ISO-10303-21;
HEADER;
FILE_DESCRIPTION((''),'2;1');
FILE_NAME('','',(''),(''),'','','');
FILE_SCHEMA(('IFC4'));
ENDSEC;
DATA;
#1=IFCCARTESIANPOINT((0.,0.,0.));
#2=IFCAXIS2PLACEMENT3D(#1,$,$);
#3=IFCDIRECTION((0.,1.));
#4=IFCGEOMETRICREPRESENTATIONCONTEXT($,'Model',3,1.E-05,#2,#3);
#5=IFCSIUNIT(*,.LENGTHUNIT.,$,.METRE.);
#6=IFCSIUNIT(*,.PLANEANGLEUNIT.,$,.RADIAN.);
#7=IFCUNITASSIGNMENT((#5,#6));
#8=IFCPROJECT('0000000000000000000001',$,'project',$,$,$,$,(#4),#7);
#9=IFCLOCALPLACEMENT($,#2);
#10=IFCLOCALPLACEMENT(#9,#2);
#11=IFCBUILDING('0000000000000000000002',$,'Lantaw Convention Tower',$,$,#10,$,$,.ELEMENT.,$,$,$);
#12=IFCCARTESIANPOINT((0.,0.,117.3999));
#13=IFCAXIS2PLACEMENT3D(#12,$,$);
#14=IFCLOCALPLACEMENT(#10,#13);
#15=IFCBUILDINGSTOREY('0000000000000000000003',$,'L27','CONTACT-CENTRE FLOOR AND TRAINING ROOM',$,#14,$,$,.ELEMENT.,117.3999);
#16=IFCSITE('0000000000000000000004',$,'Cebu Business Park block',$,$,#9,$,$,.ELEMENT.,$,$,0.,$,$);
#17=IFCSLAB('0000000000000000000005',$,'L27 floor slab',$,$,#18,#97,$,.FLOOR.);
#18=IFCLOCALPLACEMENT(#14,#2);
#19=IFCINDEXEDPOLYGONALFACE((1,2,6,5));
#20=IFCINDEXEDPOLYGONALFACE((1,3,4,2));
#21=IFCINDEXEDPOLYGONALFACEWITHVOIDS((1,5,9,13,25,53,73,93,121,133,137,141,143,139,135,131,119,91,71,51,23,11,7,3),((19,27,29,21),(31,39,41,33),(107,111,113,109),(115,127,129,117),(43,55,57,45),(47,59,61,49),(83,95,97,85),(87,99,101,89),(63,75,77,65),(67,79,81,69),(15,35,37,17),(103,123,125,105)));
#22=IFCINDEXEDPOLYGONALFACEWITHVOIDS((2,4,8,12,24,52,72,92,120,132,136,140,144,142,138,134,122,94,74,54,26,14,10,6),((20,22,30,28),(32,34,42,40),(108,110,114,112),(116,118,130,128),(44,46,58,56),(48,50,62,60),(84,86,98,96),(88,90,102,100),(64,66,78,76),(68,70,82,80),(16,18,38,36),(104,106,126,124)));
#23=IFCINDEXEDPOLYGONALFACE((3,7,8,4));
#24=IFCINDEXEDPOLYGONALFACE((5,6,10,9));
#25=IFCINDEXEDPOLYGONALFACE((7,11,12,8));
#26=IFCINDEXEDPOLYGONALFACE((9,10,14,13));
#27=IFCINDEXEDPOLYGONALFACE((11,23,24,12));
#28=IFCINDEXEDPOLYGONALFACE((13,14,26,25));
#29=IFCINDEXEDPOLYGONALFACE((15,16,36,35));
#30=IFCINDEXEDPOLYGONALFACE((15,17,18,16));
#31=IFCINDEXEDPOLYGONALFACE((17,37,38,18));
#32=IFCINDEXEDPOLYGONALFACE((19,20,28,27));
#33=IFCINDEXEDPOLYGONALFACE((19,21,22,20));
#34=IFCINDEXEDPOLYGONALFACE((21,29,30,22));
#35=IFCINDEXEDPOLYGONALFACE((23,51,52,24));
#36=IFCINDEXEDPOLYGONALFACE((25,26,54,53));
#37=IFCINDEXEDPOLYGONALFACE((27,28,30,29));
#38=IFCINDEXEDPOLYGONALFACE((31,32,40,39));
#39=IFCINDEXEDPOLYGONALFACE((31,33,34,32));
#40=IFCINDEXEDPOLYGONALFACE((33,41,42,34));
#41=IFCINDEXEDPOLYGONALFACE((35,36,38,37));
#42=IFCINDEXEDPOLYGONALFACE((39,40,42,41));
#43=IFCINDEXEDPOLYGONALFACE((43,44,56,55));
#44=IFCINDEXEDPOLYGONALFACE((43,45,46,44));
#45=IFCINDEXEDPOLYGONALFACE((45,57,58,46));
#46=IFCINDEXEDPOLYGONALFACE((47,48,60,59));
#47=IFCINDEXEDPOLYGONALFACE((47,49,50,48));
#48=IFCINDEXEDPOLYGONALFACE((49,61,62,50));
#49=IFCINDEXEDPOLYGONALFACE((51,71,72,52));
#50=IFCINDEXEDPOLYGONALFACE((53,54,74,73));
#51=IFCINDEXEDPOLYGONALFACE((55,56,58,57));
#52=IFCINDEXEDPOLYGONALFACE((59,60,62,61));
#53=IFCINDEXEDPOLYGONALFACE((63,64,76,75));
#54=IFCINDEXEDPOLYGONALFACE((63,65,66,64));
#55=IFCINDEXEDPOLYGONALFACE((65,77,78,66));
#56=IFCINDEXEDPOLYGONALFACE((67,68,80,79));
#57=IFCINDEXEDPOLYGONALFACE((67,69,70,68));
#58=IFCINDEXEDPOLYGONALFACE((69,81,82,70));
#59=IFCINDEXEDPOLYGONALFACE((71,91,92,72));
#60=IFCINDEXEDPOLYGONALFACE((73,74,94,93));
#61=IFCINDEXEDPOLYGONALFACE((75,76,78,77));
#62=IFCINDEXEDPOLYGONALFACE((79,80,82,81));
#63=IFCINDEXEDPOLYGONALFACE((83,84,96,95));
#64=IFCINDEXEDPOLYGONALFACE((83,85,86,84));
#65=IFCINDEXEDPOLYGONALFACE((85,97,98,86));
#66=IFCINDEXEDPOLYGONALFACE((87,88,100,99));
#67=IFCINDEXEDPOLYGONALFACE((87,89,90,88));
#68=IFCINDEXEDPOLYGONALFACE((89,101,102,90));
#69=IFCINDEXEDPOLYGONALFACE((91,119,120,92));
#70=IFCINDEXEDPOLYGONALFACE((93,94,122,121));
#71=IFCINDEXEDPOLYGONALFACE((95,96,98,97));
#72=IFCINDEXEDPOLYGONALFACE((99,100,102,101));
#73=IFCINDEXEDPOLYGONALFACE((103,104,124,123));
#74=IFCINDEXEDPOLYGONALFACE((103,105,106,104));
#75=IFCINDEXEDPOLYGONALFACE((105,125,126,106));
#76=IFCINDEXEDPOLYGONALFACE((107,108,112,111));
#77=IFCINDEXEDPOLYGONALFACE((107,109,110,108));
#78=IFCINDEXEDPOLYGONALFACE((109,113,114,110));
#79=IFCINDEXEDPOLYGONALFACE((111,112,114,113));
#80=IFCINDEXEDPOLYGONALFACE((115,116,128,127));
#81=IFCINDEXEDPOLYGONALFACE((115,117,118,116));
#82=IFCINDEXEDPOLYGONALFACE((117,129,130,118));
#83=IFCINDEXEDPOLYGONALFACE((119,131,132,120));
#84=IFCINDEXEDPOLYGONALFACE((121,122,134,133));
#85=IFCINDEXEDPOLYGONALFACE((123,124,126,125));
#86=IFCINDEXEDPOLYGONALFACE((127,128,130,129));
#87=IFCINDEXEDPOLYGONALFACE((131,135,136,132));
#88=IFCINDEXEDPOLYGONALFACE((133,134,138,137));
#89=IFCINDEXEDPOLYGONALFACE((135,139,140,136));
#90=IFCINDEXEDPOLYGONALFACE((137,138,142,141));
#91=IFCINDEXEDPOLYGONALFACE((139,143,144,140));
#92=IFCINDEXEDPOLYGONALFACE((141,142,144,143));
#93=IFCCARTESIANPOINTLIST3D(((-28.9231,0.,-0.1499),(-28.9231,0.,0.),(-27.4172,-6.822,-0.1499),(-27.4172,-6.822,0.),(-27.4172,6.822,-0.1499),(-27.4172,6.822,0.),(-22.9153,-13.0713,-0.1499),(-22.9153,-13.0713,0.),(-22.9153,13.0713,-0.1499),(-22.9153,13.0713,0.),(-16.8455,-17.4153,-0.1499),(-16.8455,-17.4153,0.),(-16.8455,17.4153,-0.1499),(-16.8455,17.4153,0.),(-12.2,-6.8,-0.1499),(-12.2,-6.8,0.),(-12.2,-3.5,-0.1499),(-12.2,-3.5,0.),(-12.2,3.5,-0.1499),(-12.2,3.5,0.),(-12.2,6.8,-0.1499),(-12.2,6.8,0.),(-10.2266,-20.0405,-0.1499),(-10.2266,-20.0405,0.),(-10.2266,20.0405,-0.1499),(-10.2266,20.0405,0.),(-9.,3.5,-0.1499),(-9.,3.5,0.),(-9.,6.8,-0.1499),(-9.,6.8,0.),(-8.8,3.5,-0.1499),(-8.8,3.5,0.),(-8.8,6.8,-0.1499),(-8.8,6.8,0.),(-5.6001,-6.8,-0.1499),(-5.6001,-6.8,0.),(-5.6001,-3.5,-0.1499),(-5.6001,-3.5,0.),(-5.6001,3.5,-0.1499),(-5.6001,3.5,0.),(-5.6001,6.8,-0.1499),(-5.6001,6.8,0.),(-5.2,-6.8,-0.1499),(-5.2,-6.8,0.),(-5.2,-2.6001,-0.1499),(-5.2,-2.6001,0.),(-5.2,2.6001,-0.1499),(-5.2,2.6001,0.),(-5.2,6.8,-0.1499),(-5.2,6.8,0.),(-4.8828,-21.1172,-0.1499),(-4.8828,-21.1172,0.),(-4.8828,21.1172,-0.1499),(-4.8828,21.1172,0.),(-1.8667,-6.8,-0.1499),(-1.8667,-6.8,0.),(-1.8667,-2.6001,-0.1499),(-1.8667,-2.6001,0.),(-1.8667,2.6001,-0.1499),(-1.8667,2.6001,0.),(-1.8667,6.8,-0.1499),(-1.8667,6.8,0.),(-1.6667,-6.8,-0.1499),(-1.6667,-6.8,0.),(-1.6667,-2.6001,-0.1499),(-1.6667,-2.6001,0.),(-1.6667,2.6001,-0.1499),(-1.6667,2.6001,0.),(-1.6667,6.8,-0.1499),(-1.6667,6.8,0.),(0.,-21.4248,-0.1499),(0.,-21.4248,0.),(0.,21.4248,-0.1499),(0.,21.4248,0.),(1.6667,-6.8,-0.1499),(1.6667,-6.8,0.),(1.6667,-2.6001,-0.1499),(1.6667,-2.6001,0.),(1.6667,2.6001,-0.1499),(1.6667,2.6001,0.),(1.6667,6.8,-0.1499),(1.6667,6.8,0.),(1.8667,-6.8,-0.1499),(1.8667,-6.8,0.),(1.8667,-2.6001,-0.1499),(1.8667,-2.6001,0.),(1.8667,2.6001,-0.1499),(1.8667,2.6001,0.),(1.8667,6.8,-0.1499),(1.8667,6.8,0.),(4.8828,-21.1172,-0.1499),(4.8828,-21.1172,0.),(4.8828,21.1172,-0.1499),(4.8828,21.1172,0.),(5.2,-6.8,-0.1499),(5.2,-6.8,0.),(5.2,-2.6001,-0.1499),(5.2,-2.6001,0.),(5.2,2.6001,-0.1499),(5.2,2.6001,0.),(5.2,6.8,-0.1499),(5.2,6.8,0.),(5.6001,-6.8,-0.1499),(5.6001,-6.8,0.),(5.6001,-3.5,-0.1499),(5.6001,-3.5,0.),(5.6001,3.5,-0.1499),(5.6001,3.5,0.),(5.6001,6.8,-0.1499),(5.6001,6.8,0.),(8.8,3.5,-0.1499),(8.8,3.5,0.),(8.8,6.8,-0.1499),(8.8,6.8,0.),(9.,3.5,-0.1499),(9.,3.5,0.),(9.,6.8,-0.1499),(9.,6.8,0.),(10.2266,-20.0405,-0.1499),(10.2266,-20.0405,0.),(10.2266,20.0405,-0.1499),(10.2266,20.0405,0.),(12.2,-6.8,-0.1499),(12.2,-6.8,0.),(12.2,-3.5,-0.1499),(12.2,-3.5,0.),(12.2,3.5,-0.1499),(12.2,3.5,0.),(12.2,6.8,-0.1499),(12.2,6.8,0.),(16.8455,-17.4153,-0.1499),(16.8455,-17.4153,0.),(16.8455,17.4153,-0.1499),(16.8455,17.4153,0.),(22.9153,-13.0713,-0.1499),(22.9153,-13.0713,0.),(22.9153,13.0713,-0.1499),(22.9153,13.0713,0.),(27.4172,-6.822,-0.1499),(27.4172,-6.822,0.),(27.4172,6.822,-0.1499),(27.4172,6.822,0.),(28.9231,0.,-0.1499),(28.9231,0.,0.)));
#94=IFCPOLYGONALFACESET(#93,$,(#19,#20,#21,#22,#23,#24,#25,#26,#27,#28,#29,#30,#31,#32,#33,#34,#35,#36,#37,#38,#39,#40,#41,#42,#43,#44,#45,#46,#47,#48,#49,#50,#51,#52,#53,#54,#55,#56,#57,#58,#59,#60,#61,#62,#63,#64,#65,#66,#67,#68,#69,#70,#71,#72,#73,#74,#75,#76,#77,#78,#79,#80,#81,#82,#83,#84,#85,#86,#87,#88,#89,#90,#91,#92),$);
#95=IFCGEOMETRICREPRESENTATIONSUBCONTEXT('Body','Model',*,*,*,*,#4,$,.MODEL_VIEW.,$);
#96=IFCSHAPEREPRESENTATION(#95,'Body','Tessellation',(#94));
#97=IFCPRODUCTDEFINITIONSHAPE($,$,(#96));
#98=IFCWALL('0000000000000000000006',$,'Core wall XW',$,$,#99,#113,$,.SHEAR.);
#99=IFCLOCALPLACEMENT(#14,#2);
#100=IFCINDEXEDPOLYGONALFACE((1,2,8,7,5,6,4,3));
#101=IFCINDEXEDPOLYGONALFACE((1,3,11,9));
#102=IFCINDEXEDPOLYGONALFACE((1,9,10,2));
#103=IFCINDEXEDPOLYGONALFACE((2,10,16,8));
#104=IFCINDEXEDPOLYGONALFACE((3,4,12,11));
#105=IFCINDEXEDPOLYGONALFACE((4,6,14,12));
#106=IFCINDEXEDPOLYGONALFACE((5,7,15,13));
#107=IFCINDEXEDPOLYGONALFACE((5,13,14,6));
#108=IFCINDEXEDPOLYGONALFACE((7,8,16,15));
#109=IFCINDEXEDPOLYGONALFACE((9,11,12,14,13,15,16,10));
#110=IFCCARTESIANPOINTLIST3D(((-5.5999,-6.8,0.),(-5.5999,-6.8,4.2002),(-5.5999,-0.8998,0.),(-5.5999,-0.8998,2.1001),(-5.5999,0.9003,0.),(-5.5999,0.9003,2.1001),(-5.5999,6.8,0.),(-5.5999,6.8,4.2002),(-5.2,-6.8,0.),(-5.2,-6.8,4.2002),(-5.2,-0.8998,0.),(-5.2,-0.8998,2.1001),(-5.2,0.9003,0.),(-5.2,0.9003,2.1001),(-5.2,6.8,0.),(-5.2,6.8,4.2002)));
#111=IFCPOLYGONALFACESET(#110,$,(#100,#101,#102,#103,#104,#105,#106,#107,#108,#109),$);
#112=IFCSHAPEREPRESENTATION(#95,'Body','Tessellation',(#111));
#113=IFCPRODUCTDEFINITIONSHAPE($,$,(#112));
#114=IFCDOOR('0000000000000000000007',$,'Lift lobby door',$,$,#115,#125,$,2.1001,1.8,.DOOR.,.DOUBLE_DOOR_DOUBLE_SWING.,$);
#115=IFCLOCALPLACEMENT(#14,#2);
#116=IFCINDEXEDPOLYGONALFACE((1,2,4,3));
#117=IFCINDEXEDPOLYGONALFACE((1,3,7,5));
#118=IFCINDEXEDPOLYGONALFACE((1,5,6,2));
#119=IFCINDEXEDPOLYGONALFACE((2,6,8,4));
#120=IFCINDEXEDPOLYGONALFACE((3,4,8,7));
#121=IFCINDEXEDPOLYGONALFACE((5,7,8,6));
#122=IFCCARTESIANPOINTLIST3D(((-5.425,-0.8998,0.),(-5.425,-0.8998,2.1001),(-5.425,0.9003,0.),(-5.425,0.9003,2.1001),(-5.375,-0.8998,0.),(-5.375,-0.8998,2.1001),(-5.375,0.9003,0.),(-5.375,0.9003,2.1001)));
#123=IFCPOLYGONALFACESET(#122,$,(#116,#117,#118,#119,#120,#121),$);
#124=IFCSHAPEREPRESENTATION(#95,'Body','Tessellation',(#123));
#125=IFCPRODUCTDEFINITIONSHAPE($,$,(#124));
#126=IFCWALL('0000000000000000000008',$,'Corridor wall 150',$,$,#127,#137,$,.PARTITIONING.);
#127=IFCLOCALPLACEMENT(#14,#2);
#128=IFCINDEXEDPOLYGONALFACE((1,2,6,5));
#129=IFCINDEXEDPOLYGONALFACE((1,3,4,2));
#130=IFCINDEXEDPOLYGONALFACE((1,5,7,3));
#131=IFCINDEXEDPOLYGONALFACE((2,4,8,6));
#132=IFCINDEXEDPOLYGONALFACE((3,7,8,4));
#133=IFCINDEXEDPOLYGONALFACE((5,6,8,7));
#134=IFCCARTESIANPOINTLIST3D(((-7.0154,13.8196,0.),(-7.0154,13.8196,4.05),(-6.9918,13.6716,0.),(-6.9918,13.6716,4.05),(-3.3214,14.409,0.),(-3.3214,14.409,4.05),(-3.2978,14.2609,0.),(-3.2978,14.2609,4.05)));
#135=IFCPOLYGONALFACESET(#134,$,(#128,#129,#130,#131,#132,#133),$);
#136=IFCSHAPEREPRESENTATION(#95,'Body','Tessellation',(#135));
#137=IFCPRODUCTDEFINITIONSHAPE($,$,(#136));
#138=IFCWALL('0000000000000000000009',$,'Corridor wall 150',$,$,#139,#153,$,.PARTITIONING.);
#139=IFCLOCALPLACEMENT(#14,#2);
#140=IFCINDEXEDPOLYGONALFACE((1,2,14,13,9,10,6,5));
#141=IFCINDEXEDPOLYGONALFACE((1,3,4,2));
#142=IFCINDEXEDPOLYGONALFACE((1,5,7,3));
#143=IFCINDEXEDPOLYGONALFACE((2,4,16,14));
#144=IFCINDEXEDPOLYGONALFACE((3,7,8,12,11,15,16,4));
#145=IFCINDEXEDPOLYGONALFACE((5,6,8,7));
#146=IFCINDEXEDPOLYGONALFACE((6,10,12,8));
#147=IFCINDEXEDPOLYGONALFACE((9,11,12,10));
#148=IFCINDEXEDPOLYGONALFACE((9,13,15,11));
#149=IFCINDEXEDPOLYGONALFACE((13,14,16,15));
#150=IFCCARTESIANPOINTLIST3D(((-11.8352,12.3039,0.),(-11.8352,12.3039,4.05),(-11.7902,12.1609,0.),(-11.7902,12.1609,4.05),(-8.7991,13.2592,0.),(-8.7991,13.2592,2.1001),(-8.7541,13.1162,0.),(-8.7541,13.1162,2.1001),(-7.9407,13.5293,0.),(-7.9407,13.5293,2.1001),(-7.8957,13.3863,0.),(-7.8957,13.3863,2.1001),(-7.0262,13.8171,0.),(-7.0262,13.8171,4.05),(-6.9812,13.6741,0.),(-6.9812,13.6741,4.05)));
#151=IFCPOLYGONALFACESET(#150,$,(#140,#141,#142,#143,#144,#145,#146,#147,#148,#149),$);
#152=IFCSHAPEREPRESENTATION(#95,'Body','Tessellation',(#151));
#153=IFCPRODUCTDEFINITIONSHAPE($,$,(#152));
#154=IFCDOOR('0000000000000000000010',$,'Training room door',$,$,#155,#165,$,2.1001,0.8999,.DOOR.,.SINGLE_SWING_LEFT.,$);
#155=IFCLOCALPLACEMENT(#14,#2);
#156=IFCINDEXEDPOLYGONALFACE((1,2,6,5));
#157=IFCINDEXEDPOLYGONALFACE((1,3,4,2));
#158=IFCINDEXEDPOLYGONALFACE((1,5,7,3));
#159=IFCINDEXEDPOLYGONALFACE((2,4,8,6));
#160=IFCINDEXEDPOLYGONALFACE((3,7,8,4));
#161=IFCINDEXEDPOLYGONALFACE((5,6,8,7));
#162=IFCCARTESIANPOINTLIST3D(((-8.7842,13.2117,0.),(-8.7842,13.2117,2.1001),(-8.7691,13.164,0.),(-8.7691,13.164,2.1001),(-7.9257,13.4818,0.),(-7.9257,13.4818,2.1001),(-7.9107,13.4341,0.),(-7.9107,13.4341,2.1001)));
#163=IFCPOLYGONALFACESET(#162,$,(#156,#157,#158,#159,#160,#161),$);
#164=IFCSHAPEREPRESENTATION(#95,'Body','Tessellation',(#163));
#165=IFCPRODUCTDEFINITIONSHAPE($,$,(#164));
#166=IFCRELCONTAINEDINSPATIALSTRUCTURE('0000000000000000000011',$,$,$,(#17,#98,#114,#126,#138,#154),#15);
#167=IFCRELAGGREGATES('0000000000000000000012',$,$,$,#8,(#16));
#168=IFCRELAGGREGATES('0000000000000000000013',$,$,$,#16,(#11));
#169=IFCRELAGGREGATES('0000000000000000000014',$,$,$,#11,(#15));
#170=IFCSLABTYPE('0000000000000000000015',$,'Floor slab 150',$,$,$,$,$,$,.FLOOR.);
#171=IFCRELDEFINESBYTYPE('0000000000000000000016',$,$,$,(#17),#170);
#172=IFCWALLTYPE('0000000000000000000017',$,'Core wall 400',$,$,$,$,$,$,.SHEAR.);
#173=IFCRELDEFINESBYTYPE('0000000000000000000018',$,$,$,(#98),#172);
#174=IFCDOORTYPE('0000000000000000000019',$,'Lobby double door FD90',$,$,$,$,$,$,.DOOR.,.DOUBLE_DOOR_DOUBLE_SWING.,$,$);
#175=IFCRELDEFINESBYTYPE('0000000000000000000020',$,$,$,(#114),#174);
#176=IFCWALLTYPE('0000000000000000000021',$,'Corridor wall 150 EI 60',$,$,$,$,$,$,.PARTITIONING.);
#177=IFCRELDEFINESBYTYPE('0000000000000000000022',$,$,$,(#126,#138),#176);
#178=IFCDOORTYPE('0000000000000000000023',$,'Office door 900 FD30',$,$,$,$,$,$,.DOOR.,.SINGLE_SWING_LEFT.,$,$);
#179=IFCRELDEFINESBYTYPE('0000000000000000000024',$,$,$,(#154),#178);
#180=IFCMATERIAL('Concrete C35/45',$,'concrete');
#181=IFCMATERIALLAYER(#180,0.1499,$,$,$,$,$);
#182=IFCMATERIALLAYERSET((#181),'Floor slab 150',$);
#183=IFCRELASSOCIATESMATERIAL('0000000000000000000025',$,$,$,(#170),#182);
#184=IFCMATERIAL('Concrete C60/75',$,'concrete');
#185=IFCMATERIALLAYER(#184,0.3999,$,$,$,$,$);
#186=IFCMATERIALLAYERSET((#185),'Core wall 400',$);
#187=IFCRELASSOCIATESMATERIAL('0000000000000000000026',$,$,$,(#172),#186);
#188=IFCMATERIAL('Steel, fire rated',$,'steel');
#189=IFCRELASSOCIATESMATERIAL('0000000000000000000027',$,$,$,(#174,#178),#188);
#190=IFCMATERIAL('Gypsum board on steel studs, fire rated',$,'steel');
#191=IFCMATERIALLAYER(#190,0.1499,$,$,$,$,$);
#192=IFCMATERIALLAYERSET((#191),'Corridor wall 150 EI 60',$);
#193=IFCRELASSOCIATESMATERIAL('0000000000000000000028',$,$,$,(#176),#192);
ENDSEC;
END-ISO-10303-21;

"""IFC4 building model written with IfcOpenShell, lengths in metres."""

from ifc_helpers import new_model, si_unit, direction, frame, frame_2d, origin, place, context, subcontext, project, spatial, polyline, rectangle, outline, extrude, material, layer, layer_set, type_object, element, fill, save


model = new_model("IFC4")

# Units and contexts
model_context = context("Model", 3, precision=1e-05, world=origin(), true_north=direction((0.0, 1.0)))
body_context = subcontext(model_context, "Body", "Model", "MODEL_VIEW")
ifc_project = project(units=[si_unit("LENGTHUNIT", "METRE"), si_unit("PLANEANGLEUNIT", "RADIAN")], contexts=[model_context])

# Site, building, storey
site_placement = place(None, origin())
site = spatial("IfcSite", under=ifc_project, at=site_placement, Name="Cebu Business Park block", CompositionType="ELEMENT", RefElevation=0.0)
building_placement = place(site_placement, origin())
building = spatial("IfcBuilding", under=site, at=building_placement, Name="Lantaw Convention Tower", CompositionType="ELEMENT")
storey_placement = place(building_placement, frame((0.0, 0.0, 117.3999)))
storey = spatial("IfcBuildingStorey", under=building, at=storey_placement, Name="L27", Description="CONTACT-CENTRE FLOOR AND TRAINING ROOM", CompositionType="ELEMENT", Elevation=117.3999)

# Shared definitions
ifc_material_1 = material(Name="Concrete C60/75", Category="concrete")

# Slab
ifc_material_2 = material(Name="Concrete C35/45", Category="concrete")
ifc_layer_1 = layer(ifc_material_2, 0.1499)
ifc_layer_set_1 = layer_set([ifc_layer_1], Name="Floor slab 150")
slab_type = type_object("IfcSlabType", Name="Floor slab 150", PredefinedType="FLOOR", material=ifc_layer_set_1)
slab_placement = place(storey_placement, frame((0.0, 0.0, -0.1499)))
element("IfcSlab", 1, at=slab_placement, inside=storey, type_object=slab_type, Name="L27 floor slab", PredefinedType="FLOOR", context=body_context, shape_type="SweptSolid", body=[
    extrude(outline(polyline([(27.4172, -6.822), (28.9231, 0.0), (27.4172, 6.822), (22.9153, 13.0713), (16.8455, 17.4153), (10.2266, 20.0405), (4.8828, 21.1172), (0.0, 21.4248), (-4.8828, 21.1172), (-10.2266, 20.0405), (-16.8455, 17.4153), (-22.9153, 13.0713), (-27.4172, 6.822), (-28.9231, 0.0), (-27.4172, -6.822), (-22.9153, -13.0713), (-16.8455, -17.4153), (-10.2266, -20.0405), (-4.8828, -21.1172), (0.0, -21.4248), (4.8828, -21.1172), (10.2266, -20.0405), (16.8455, -17.4153), (22.9153, -13.0713), (27.4172, -6.822)]), holes=[polyline([(-5.6001, -3.5), (-12.2, -3.5), (-12.2, -6.8), (-5.6001, -6.8), (-5.6001, -3.5)]), polyline([(-1.8667, -6.8), (-1.8667, -2.6001), (-5.2, -2.6001), (-5.2, -6.8), (-1.8667, -6.8)]), polyline([(-1.8667, 2.6001), (-1.8667, 6.8), (-5.2, 6.8), (-5.2, 2.6001), (-1.8667, 2.6001)]), polyline([(1.6667, 6.8), (-1.6667, 6.8), (-1.6667, 2.6001), (1.6667, 2.6001), (1.6667, 6.8)]), polyline([(-9.0, 3.5), (-9.0, 6.8), (-12.2, 6.8), (-12.2, 3.5), (-9.0, 3.5)]), polyline([(-5.6001, 3.5), (-5.6001, 6.8), (-8.8, 6.8), (-8.8, 3.5), (-5.6001, 3.5)]), polyline([(12.2, -3.5), (5.6001, -3.5), (5.6001, -6.8), (12.2, -6.8), (12.2, -3.5)]), polyline([(1.6667, -6.8), (1.6667, -2.6001), (-1.6667, -2.6001), (-1.6667, -6.8), (1.6667, -6.8)]), polyline([(5.2, -6.8), (5.2, -2.6001), (1.8667, -2.6001), (1.8667, -6.8), (5.2, -6.8)]), polyline([(5.2, 6.8), (1.8667, 6.8), (1.8667, 2.6001), (5.2, 2.6001), (5.2, 6.8)]), polyline([(8.8, 3.5), (8.8, 6.8), (5.6001, 6.8), (5.6001, 3.5), (8.8, 3.5)]), polyline([(12.2, 3.5), (12.2, 6.8), (9.0, 6.8), (9.0, 3.5), (12.2, 3.5)])]), origin(), (0.0, 0.0, 1.0), 0.1499),
])

# Wall, opening, door
ifc_layer_2 = layer(ifc_material_1, 0.3999)
ifc_layer_set_2 = layer_set([ifc_layer_2], Name="Core wall 400")
wall_type_1 = type_object("IfcWallType", Name="Core wall 400", PredefinedType="SHEAR", material=ifc_layer_set_2)
wall_1_placement = place(storey_placement, frame((-5.3999, 6.8, 0.0), z_axis=(0.0, 0.0, 1.0), x_axis=(0.0, -1.0, 0.0)))
wall_1 = element("IfcWall", 2, at=wall_1_placement, inside=storey, type_object=wall_type_1, Name="Core wall XW", PredefinedType="SHEAR", context=body_context, shape_type="SweptSolid", body=[
    extrude(rectangle(XDim=13.6001, YDim=0.3999, at=frame_2d((6.8, 0.0))), origin(), (0.0, 0.0, 1.0), 4.2002),
])
opening_1_placement = place(wall_1_placement, frame((5.8999, 0.0, 0.0)))
opening_1 = element("IfcOpeningElement", 3, at=opening_1_placement, cuts=wall_1, PredefinedType="OPENING", context=body_context, shape_type="SweptSolid", body=[
    extrude(rectangle(XDim=1.8, YDim=2.1001, at=frame_2d((0.8999, 1.05))), frame((0.0, 0.21, 0.0), z_axis=(0.0, -1.0, 0.0), x_axis=(1.0, 0.0, 0.0)), (0.0, 0.0, 1.0), 0.4199),
])
ifc_material_3 = material(Name="Steel, fire rated", Category="steel")
door_type_1 = type_object("IfcDoorType", Name="Lobby double door FD90", OperationType="DOUBLE_DOOR_DOUBLE_SWING", PredefinedType="DOOR", material=ifc_material_3)
door_1_placement = place(opening_1_placement, origin())
door_1 = element("IfcDoor", 4, at=door_1_placement, inside=storey, type_object=door_type_1, Name="Lift lobby door", OperationType="DOUBLE_DOOR_DOUBLE_SWING", OverallHeight=2.1001, OverallWidth=1.8, PredefinedType="DOOR", context=body_context, shape_type="SweptSolid", body=[
    extrude(rectangle(XDim=1.8, YDim=2.1001, at=frame_2d((0.8999, 1.05))), frame((0.0, 0.0249, 0.0), z_axis=(0.0, -1.0, 0.0), x_axis=(1.0, 0.0, 0.0)), (0.0, 0.0, 1.0), 0.05),
])
fill(opening_1, door_1)

# Wall
ifc_material_4 = material(Name="Gypsum board on steel studs, fire rated", Category="steel")
ifc_layer_3 = layer(ifc_material_4, 0.1499)
ifc_layer_set_3 = layer_set([ifc_layer_3], Name="Corridor wall 150 EI 60")
wall_type_2 = type_object("IfcWallType", Name="Corridor wall 150 EI 60", PredefinedType="PARTITIONING", material=ifc_layer_set_3)
wall_2_placement = place(storey_placement, frame((-3.3096, 14.335, 0.0), z_axis=(0.0, 0.0, 1.0), x_axis=(-0.987511, -0.157548, 0.0)))
element("IfcWall", 5, at=wall_2_placement, inside=storey, type_object=wall_type_2, Name="Corridor wall 150", PredefinedType="PARTITIONING", context=body_context, shape_type="SweptSolid", body=[
    extrude(rectangle(XDim=3.7407, YDim=0.1499, at=frame_2d((1.8704, 0.0))), origin(), (0.0, 0.0, 1.0), 4.05),
])

# Wall, opening, door
wall_3_placement = place(storey_placement, frame((-7.0037, 13.7456, 0.0), z_axis=(0.0, 0.0, 1.0), x_axis=(-0.953894, -0.300144, 0.0)))
wall_3 = element("IfcWall", 6, at=wall_3_placement, inside=storey, type_object=wall_type_2, Name="Corridor wall 150", PredefinedType="PARTITIONING", context=body_context, shape_type="SweptSolid", body=[
    extrude(rectangle(XDim=5.0415, YDim=0.1499, at=frame_2d((2.5208, 0.0))), origin(), (0.0, 0.0, 1.0), 4.05),
])
opening_2_placement = place(wall_3_placement, frame((0.9587, 0.0, 0.0)))
opening_2 = element("IfcOpeningElement", 7, at=opening_2_placement, cuts=wall_3, PredefinedType="OPENING", context=body_context, shape_type="SweptSolid", body=[
    extrude(rectangle(XDim=0.8999, YDim=2.1001, at=frame_2d((0.45, 1.05))), frame((0.0, 0.085, 0.0), z_axis=(0.0, -1.0, 0.0), x_axis=(1.0, 0.0, 0.0)), (0.0, 0.0, 1.0), 0.1699),
])
door_type_2 = type_object("IfcDoorType", Name="Office door 900 FD30", OperationType="SINGLE_SWING_LEFT", PredefinedType="DOOR", material=ifc_material_3)
door_2_placement = place(opening_2_placement, origin())
door_2 = element("IfcDoor", 8, at=door_2_placement, inside=storey, type_object=door_type_2, Name="Training room door", OperationType="SINGLE_SWING_LEFT", OverallHeight=2.1001, OverallWidth=0.8999, PredefinedType="DOOR", context=body_context, shape_type="SweptSolid", body=[
    extrude(rectangle(XDim=0.8999, YDim=2.1001, at=frame_2d((0.45, 1.05))), frame((0.0, 0.0249, 0.0), z_axis=(0.0, -1.0, 0.0), x_axis=(1.0, 0.0, 0.0)), (0.0, 0.0, 1.0), 0.05),
])
fill(opening_2, door_2)

save(model, "model.ifc")
